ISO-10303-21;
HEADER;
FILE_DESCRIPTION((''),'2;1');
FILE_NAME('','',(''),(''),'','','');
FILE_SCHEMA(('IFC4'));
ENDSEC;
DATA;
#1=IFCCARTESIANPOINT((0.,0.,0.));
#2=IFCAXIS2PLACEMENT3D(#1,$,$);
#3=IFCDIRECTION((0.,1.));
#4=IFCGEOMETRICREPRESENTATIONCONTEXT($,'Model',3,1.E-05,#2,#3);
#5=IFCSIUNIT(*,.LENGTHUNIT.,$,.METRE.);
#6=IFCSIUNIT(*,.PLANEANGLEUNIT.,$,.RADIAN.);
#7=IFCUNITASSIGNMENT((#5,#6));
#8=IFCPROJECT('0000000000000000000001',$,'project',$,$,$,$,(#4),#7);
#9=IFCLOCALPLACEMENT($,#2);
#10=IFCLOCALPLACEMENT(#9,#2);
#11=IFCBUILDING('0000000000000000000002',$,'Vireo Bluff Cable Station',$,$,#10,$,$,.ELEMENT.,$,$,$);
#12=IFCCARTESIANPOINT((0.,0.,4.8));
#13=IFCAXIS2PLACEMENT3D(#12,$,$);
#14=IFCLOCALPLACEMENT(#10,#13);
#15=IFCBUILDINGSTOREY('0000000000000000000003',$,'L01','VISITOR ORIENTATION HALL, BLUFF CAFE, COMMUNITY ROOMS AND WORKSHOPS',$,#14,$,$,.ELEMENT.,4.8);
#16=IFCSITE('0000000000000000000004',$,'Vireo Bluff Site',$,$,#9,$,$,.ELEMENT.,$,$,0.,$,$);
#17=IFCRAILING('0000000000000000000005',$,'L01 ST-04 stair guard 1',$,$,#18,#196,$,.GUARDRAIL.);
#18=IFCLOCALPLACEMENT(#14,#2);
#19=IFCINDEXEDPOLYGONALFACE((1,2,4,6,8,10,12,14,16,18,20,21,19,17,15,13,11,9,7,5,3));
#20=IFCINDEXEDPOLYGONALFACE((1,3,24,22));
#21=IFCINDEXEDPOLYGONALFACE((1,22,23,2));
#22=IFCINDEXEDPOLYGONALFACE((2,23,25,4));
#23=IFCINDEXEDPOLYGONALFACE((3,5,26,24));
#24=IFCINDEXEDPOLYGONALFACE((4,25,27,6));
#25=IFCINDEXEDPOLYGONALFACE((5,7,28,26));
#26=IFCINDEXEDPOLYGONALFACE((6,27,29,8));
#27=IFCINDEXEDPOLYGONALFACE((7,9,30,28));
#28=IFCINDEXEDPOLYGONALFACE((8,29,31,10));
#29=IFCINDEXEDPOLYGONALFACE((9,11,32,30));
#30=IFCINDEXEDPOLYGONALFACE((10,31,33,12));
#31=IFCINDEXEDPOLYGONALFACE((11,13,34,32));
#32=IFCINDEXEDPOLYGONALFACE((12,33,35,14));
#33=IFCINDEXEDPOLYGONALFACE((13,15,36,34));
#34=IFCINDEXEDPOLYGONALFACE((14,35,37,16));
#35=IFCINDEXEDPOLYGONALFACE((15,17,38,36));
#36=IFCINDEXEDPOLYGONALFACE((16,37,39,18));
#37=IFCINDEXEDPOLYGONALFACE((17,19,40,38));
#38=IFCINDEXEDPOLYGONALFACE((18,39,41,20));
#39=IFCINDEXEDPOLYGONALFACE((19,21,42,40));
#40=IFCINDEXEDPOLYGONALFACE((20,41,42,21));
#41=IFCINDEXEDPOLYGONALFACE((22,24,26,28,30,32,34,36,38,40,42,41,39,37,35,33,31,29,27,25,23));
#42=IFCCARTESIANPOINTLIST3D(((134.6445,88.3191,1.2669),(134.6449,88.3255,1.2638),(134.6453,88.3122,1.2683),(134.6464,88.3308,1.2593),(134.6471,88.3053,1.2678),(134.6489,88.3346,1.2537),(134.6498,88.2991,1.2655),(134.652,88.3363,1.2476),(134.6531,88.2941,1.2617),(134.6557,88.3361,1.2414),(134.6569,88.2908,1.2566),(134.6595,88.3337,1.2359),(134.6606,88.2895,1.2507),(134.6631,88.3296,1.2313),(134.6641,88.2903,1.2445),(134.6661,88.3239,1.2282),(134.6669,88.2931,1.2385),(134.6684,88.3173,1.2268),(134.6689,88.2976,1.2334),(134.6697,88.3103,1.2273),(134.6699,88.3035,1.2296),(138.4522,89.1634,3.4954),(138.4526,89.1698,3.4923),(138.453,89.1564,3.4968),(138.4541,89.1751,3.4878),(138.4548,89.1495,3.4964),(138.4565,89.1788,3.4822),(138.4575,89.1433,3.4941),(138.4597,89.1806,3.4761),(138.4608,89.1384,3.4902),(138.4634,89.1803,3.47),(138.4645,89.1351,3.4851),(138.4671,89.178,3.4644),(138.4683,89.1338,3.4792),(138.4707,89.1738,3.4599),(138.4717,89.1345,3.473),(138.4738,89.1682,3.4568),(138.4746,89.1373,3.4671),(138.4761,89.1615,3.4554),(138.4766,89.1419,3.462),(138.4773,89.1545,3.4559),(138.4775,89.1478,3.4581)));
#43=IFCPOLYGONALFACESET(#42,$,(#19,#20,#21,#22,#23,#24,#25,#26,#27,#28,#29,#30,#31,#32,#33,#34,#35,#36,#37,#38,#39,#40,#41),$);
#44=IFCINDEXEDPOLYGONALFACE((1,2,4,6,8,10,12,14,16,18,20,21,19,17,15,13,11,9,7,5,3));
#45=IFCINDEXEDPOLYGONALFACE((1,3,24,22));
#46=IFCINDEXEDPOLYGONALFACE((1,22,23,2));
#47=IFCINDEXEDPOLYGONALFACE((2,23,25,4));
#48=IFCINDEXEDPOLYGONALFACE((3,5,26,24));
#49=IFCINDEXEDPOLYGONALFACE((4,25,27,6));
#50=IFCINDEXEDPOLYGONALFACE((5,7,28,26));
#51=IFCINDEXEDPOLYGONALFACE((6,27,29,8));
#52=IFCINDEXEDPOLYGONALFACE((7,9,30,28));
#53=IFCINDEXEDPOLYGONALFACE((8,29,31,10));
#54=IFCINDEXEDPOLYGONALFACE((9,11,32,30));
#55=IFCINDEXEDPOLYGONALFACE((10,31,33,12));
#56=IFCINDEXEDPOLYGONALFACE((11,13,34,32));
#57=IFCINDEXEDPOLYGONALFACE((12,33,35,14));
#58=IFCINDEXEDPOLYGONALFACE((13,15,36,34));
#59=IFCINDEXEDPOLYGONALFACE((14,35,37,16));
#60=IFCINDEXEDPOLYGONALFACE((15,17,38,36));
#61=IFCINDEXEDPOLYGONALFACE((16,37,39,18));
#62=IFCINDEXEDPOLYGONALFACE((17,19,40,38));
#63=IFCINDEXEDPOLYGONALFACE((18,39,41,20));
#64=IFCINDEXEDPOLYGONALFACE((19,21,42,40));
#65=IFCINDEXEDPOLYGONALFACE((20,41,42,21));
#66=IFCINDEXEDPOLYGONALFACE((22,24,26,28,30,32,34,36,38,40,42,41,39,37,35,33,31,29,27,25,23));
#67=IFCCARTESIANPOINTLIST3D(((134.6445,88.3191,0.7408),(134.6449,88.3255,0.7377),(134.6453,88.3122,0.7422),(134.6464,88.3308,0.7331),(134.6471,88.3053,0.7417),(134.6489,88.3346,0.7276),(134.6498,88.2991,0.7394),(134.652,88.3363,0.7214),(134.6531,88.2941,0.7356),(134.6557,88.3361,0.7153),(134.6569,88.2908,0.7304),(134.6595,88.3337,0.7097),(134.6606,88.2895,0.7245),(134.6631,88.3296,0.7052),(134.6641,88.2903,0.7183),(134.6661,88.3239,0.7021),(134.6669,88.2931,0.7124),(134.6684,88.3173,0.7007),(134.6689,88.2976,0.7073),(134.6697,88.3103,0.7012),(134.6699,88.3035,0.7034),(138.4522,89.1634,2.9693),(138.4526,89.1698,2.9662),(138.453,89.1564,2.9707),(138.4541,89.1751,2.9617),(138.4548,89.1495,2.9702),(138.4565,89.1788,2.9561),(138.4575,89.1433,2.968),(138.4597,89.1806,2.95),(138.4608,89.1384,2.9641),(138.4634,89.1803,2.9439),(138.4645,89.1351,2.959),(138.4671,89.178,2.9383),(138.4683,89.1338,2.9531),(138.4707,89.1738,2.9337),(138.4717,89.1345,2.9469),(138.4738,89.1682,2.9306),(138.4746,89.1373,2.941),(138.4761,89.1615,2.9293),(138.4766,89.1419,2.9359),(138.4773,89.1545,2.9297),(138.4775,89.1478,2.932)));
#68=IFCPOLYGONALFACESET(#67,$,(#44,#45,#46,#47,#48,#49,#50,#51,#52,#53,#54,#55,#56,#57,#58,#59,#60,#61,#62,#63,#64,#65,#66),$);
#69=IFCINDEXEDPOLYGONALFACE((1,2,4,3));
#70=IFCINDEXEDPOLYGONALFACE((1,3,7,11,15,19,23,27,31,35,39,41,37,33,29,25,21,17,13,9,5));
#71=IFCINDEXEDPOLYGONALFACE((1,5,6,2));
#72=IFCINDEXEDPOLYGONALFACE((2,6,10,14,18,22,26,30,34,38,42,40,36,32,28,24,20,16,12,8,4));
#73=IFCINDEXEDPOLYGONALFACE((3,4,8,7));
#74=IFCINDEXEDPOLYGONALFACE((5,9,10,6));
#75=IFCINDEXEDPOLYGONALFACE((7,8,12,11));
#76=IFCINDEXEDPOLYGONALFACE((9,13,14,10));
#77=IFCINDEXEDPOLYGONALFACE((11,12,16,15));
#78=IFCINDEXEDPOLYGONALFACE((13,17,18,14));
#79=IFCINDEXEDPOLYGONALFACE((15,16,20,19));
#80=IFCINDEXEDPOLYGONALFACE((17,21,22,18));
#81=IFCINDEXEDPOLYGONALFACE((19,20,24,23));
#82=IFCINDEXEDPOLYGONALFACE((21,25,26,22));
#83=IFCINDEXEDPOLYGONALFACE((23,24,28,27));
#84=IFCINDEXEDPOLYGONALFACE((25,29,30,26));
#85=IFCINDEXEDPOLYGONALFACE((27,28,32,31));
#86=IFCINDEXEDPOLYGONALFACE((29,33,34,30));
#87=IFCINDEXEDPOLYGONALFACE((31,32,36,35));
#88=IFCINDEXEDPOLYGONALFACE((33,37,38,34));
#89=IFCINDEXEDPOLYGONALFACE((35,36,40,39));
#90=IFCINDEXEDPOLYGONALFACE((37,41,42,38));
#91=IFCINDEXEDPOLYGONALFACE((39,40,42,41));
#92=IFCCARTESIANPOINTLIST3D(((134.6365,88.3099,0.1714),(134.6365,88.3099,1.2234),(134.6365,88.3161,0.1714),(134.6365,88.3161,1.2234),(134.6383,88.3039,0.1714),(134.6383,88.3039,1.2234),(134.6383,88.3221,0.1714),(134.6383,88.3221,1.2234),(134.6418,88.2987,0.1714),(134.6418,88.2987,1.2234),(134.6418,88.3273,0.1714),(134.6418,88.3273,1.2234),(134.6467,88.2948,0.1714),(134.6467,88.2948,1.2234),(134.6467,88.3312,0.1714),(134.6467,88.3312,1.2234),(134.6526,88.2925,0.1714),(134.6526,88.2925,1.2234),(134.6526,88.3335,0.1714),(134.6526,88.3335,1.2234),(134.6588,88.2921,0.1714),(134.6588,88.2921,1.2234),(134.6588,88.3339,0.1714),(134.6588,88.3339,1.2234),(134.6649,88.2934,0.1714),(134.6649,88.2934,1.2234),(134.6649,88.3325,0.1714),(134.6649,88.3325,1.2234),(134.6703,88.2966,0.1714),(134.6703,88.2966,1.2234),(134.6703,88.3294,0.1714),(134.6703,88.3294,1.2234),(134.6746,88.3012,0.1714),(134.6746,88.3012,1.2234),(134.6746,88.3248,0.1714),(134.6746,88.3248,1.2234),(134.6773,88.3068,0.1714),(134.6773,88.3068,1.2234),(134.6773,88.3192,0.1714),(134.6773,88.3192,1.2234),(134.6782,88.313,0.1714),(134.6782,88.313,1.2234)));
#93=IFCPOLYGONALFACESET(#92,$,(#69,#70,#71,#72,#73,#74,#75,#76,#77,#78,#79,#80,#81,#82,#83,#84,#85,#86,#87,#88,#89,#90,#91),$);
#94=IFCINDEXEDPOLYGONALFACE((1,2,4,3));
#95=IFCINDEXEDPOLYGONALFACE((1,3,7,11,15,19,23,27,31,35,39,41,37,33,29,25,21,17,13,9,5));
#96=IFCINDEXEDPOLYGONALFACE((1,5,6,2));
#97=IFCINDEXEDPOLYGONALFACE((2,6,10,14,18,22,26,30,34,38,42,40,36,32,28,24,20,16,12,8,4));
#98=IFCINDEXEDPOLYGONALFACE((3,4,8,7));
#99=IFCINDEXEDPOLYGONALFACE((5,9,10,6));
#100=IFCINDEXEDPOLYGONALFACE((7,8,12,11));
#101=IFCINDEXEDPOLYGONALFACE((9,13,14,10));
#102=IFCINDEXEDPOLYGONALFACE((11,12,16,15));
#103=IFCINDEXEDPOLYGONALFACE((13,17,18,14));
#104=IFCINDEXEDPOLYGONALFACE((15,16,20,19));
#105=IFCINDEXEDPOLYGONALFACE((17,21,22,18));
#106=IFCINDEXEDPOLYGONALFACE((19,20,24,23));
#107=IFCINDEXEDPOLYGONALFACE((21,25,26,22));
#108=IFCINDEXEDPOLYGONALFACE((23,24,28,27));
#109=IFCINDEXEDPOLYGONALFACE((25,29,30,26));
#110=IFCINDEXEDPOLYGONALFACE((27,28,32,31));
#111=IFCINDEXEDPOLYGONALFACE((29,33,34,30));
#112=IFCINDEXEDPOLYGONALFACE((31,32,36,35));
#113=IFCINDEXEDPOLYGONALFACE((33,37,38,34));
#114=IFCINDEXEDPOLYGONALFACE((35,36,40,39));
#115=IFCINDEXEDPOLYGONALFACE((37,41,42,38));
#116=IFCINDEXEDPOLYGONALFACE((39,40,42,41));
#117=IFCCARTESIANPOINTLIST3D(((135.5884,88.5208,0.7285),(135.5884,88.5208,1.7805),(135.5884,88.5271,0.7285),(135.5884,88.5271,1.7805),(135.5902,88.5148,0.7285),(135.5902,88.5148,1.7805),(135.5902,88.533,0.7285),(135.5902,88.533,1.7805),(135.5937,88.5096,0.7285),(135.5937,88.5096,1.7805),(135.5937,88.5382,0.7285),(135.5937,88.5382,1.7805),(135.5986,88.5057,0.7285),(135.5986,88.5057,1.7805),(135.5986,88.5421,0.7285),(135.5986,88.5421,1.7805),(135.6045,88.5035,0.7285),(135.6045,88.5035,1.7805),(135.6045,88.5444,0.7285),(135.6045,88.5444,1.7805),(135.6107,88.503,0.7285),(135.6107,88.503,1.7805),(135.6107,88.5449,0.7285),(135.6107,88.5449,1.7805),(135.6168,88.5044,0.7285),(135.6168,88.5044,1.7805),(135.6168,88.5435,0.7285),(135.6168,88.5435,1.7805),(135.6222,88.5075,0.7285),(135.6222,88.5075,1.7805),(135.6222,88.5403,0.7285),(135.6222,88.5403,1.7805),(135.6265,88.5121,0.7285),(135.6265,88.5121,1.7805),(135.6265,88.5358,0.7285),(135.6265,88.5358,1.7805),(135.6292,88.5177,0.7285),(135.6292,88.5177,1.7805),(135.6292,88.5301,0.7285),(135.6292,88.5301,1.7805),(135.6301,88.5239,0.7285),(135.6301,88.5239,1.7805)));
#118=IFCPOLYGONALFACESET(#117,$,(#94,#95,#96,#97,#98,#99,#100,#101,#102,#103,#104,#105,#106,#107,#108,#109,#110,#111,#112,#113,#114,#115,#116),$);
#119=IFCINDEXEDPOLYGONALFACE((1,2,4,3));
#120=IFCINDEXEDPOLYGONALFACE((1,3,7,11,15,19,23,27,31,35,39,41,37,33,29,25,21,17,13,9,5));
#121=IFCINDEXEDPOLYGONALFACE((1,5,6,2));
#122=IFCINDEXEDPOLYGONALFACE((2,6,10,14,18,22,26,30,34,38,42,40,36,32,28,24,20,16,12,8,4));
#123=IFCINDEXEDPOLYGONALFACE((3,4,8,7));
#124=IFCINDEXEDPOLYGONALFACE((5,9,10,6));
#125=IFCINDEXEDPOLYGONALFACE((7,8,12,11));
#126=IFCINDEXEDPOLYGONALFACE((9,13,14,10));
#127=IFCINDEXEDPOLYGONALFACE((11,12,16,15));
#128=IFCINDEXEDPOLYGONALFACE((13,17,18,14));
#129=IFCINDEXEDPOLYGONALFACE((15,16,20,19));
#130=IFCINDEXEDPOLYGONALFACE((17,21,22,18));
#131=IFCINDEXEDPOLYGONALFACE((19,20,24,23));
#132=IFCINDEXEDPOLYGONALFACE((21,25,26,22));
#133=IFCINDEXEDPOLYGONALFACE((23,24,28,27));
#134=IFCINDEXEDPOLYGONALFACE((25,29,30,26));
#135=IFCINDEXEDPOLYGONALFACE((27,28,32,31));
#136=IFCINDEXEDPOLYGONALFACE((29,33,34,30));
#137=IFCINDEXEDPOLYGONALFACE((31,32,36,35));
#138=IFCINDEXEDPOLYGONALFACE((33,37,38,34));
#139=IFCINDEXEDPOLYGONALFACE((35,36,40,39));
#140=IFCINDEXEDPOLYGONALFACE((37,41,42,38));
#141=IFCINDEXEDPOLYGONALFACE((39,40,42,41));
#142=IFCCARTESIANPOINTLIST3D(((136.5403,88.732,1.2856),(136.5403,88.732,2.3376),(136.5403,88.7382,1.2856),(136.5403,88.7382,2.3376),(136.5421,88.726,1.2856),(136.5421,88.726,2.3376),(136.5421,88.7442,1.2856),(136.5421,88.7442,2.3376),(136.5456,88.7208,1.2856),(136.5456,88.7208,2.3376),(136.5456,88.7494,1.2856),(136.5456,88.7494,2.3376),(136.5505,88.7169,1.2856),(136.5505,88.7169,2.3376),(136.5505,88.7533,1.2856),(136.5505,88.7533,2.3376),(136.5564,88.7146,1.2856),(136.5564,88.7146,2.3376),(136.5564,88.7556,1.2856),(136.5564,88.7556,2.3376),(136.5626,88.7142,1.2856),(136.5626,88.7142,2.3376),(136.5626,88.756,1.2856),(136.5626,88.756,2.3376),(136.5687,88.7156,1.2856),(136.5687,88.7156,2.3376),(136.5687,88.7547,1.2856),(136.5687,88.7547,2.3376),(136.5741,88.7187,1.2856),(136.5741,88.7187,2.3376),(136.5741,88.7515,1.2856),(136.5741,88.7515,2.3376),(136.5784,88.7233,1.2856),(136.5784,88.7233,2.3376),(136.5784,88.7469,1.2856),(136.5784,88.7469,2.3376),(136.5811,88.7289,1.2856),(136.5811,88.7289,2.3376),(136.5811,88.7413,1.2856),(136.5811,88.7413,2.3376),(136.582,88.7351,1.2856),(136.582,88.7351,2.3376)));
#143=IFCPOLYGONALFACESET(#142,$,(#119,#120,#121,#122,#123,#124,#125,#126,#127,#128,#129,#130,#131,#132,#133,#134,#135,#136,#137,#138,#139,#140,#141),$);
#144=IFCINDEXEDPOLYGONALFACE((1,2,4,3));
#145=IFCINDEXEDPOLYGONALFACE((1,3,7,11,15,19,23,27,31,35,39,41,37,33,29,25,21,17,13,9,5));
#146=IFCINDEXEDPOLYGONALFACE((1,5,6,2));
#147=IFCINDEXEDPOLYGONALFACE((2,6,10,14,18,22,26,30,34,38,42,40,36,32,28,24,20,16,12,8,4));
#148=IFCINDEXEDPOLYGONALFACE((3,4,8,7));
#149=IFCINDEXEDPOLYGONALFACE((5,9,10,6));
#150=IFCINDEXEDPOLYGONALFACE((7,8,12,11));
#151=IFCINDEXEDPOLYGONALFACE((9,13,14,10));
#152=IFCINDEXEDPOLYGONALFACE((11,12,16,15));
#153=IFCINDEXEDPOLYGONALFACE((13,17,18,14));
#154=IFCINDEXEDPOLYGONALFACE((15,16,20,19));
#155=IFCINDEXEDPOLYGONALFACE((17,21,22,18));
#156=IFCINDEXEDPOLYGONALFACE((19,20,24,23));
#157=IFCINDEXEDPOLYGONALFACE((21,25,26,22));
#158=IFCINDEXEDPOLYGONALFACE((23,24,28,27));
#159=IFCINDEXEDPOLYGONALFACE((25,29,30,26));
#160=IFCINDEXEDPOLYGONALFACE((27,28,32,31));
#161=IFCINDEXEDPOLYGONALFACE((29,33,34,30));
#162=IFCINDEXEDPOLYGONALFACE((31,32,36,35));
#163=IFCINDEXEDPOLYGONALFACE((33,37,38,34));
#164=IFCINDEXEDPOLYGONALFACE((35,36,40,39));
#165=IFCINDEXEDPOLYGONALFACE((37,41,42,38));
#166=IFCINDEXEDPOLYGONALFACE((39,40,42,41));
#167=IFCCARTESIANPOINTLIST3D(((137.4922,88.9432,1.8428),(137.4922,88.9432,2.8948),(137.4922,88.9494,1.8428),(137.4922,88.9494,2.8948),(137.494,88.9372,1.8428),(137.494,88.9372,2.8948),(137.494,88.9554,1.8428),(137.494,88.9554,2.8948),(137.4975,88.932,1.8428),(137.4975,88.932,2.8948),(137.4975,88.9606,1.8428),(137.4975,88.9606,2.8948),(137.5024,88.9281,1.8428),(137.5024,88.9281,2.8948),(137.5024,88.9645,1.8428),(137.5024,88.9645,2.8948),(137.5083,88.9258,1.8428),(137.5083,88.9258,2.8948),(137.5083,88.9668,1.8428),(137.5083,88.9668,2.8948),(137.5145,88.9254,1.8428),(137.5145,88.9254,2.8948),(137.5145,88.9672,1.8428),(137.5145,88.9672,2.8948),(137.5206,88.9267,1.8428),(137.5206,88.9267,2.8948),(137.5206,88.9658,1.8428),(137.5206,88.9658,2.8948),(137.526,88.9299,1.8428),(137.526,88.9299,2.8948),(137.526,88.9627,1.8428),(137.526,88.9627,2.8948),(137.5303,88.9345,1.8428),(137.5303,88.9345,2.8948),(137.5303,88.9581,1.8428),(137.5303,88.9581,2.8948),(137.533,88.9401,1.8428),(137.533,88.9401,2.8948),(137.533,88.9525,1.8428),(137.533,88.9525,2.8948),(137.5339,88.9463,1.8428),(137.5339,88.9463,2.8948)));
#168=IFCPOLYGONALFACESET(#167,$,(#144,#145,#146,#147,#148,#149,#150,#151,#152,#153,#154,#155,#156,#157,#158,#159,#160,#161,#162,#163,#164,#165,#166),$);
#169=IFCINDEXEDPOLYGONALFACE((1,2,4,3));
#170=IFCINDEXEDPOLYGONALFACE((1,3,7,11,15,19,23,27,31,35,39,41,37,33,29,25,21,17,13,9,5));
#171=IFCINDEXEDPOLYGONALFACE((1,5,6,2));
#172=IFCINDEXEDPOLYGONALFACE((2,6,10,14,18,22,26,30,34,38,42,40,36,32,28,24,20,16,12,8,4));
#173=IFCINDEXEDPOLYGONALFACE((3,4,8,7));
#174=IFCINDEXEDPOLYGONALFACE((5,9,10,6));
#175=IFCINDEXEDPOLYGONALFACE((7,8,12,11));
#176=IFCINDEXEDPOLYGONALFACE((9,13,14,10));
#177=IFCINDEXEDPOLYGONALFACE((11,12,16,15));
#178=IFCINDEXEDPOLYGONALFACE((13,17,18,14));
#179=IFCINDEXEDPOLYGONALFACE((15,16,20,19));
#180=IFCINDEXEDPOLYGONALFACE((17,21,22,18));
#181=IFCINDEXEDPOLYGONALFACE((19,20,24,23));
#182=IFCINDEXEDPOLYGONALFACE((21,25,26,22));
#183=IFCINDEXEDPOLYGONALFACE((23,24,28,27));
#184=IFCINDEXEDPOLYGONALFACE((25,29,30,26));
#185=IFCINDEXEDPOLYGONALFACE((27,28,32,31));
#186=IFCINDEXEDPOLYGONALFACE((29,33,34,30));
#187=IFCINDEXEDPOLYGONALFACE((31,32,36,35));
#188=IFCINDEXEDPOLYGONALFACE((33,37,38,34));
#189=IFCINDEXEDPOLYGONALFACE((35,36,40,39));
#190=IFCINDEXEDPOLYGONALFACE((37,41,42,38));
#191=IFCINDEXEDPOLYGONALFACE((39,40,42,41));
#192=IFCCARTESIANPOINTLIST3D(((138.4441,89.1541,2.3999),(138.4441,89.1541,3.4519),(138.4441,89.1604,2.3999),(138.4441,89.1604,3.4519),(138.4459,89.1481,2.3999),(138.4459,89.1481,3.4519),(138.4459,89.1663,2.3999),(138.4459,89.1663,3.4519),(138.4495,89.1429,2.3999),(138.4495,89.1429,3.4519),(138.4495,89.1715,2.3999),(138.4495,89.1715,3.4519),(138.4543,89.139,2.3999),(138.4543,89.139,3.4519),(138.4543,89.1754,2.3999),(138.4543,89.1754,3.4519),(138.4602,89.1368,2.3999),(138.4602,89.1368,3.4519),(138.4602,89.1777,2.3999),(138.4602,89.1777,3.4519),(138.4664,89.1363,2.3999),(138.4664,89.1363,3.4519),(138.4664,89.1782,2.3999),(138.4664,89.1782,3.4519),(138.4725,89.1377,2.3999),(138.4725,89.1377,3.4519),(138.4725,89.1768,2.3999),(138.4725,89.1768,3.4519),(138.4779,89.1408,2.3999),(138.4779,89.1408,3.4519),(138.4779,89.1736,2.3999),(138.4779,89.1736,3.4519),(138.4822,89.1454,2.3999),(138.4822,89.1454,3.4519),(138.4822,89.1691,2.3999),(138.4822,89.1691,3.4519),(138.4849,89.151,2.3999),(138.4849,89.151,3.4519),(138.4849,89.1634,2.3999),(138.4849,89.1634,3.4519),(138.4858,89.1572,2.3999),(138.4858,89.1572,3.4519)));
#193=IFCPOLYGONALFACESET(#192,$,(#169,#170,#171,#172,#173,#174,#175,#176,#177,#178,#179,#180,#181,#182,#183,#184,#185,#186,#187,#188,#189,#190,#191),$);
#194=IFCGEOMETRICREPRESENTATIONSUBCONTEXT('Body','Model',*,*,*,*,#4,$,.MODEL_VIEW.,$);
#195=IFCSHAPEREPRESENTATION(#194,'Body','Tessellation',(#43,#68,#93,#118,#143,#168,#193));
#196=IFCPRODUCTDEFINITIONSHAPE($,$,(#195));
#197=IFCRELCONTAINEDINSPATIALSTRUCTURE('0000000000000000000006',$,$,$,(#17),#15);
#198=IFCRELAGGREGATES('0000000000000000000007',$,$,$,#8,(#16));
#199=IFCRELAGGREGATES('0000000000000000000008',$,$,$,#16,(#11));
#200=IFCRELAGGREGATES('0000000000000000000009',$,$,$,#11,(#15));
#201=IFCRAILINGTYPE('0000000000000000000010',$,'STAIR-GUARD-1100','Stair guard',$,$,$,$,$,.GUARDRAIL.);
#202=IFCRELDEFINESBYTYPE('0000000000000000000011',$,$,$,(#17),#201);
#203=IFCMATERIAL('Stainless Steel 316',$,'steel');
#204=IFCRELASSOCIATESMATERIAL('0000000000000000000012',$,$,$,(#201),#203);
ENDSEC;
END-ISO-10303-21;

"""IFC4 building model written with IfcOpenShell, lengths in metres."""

from ifc_helpers import new_model, si_unit, direction, frame, origin, origin_2d, place, context, subcontext, project, spatial, circle, extrude, material, type_object, element, save


model = new_model("IFC4")

# Units and contexts
model_context = context("Model", 3, precision=1e-05, world=origin(), true_north=direction((0.0, 1.0)))
body_context = subcontext(model_context, "Body", "Model", "MODEL_VIEW")
ifc_project = project(units=[si_unit("LENGTHUNIT", "METRE"), si_unit("PLANEANGLEUNIT", "RADIAN")], contexts=[model_context])

# Site, building, storey
site_placement = place(None, origin())
site = spatial("IfcSite", under=ifc_project, at=site_placement, Name="Vireo Bluff Site", CompositionType="ELEMENT", RefElevation=0.0)
building_placement = place(site_placement, origin())
building = spatial("IfcBuilding", under=site, at=building_placement, Name="Vireo Bluff Cable Station", CompositionType="ELEMENT")
storey_placement = place(building_placement, frame((0.0, 0.0, 4.8)))
storey = spatial("IfcBuildingStorey", under=building, at=storey_placement, Name="L01", Description="VISITOR ORIENTATION HALL, BLUFF CAFE, COMMUNITY ROOMS AND WORKSHOPS", CompositionType="ELEMENT", Elevation=4.8)

# Railing
ifc_material_1 = material(Name="Stainless Steel 316", Category="steel")
railing_type_1 = type_object("IfcRailingType", Name="STAIR-GUARD-1100", Description="Stair guard", PredefinedType="GUARDRAIL", material=ifc_material_1)
railing_1_placement = place(storey_placement, frame((134.6572, 88.313, 0.1714)))
element("IfcRailing", 1, at=railing_1_placement, inside=storey, type_object=railing_type_1, Name="L01 ST-04 stair guard 1", PredefinedType="GUARDRAIL", context=body_context, shape_type="SweptSolid", body=[
    extrude(circle(Radius=0.0239, at=origin_2d()), frame((0.0, 0.0, 1.0762), z_axis=(0.847667, 0.187948, 0.496121), x_axis=(-0.216466, 0.97629, 0.0)), (0.0, 0.0, 1.0), 4.4919),
    extrude(circle(Radius=0.0239, at=origin_2d()), frame((0.0, 0.0, 0.55), z_axis=(0.847667, 0.187948, 0.496121), x_axis=(-0.216466, 0.97629, 0.0)), (0.0, 0.0, 1.0), 4.4919),
    extrude(circle(Radius=0.021, at=origin_2d()), origin(), (0.0, 0.0, 1.0), 1.052),
    extrude(circle(Radius=0.021, at=origin_2d()), frame((0.9519, 0.2109, 0.5571)), (0.0, 0.0, 1.0), 1.052),
    extrude(circle(Radius=0.021, at=origin_2d()), frame((1.9038, 0.4221, 1.1143)), (0.0, 0.0, 1.0), 1.052),
    extrude(circle(Radius=0.021, at=origin_2d()), frame((2.8557, 0.6333, 1.6714)), (0.0, 0.0, 1.0), 1.052),
    extrude(circle(Radius=0.021, at=origin_2d()), frame((3.8076, 0.8442, 2.2285)), (0.0, 0.0, 1.0), 1.052),
])

save(model, "model.ifc")
